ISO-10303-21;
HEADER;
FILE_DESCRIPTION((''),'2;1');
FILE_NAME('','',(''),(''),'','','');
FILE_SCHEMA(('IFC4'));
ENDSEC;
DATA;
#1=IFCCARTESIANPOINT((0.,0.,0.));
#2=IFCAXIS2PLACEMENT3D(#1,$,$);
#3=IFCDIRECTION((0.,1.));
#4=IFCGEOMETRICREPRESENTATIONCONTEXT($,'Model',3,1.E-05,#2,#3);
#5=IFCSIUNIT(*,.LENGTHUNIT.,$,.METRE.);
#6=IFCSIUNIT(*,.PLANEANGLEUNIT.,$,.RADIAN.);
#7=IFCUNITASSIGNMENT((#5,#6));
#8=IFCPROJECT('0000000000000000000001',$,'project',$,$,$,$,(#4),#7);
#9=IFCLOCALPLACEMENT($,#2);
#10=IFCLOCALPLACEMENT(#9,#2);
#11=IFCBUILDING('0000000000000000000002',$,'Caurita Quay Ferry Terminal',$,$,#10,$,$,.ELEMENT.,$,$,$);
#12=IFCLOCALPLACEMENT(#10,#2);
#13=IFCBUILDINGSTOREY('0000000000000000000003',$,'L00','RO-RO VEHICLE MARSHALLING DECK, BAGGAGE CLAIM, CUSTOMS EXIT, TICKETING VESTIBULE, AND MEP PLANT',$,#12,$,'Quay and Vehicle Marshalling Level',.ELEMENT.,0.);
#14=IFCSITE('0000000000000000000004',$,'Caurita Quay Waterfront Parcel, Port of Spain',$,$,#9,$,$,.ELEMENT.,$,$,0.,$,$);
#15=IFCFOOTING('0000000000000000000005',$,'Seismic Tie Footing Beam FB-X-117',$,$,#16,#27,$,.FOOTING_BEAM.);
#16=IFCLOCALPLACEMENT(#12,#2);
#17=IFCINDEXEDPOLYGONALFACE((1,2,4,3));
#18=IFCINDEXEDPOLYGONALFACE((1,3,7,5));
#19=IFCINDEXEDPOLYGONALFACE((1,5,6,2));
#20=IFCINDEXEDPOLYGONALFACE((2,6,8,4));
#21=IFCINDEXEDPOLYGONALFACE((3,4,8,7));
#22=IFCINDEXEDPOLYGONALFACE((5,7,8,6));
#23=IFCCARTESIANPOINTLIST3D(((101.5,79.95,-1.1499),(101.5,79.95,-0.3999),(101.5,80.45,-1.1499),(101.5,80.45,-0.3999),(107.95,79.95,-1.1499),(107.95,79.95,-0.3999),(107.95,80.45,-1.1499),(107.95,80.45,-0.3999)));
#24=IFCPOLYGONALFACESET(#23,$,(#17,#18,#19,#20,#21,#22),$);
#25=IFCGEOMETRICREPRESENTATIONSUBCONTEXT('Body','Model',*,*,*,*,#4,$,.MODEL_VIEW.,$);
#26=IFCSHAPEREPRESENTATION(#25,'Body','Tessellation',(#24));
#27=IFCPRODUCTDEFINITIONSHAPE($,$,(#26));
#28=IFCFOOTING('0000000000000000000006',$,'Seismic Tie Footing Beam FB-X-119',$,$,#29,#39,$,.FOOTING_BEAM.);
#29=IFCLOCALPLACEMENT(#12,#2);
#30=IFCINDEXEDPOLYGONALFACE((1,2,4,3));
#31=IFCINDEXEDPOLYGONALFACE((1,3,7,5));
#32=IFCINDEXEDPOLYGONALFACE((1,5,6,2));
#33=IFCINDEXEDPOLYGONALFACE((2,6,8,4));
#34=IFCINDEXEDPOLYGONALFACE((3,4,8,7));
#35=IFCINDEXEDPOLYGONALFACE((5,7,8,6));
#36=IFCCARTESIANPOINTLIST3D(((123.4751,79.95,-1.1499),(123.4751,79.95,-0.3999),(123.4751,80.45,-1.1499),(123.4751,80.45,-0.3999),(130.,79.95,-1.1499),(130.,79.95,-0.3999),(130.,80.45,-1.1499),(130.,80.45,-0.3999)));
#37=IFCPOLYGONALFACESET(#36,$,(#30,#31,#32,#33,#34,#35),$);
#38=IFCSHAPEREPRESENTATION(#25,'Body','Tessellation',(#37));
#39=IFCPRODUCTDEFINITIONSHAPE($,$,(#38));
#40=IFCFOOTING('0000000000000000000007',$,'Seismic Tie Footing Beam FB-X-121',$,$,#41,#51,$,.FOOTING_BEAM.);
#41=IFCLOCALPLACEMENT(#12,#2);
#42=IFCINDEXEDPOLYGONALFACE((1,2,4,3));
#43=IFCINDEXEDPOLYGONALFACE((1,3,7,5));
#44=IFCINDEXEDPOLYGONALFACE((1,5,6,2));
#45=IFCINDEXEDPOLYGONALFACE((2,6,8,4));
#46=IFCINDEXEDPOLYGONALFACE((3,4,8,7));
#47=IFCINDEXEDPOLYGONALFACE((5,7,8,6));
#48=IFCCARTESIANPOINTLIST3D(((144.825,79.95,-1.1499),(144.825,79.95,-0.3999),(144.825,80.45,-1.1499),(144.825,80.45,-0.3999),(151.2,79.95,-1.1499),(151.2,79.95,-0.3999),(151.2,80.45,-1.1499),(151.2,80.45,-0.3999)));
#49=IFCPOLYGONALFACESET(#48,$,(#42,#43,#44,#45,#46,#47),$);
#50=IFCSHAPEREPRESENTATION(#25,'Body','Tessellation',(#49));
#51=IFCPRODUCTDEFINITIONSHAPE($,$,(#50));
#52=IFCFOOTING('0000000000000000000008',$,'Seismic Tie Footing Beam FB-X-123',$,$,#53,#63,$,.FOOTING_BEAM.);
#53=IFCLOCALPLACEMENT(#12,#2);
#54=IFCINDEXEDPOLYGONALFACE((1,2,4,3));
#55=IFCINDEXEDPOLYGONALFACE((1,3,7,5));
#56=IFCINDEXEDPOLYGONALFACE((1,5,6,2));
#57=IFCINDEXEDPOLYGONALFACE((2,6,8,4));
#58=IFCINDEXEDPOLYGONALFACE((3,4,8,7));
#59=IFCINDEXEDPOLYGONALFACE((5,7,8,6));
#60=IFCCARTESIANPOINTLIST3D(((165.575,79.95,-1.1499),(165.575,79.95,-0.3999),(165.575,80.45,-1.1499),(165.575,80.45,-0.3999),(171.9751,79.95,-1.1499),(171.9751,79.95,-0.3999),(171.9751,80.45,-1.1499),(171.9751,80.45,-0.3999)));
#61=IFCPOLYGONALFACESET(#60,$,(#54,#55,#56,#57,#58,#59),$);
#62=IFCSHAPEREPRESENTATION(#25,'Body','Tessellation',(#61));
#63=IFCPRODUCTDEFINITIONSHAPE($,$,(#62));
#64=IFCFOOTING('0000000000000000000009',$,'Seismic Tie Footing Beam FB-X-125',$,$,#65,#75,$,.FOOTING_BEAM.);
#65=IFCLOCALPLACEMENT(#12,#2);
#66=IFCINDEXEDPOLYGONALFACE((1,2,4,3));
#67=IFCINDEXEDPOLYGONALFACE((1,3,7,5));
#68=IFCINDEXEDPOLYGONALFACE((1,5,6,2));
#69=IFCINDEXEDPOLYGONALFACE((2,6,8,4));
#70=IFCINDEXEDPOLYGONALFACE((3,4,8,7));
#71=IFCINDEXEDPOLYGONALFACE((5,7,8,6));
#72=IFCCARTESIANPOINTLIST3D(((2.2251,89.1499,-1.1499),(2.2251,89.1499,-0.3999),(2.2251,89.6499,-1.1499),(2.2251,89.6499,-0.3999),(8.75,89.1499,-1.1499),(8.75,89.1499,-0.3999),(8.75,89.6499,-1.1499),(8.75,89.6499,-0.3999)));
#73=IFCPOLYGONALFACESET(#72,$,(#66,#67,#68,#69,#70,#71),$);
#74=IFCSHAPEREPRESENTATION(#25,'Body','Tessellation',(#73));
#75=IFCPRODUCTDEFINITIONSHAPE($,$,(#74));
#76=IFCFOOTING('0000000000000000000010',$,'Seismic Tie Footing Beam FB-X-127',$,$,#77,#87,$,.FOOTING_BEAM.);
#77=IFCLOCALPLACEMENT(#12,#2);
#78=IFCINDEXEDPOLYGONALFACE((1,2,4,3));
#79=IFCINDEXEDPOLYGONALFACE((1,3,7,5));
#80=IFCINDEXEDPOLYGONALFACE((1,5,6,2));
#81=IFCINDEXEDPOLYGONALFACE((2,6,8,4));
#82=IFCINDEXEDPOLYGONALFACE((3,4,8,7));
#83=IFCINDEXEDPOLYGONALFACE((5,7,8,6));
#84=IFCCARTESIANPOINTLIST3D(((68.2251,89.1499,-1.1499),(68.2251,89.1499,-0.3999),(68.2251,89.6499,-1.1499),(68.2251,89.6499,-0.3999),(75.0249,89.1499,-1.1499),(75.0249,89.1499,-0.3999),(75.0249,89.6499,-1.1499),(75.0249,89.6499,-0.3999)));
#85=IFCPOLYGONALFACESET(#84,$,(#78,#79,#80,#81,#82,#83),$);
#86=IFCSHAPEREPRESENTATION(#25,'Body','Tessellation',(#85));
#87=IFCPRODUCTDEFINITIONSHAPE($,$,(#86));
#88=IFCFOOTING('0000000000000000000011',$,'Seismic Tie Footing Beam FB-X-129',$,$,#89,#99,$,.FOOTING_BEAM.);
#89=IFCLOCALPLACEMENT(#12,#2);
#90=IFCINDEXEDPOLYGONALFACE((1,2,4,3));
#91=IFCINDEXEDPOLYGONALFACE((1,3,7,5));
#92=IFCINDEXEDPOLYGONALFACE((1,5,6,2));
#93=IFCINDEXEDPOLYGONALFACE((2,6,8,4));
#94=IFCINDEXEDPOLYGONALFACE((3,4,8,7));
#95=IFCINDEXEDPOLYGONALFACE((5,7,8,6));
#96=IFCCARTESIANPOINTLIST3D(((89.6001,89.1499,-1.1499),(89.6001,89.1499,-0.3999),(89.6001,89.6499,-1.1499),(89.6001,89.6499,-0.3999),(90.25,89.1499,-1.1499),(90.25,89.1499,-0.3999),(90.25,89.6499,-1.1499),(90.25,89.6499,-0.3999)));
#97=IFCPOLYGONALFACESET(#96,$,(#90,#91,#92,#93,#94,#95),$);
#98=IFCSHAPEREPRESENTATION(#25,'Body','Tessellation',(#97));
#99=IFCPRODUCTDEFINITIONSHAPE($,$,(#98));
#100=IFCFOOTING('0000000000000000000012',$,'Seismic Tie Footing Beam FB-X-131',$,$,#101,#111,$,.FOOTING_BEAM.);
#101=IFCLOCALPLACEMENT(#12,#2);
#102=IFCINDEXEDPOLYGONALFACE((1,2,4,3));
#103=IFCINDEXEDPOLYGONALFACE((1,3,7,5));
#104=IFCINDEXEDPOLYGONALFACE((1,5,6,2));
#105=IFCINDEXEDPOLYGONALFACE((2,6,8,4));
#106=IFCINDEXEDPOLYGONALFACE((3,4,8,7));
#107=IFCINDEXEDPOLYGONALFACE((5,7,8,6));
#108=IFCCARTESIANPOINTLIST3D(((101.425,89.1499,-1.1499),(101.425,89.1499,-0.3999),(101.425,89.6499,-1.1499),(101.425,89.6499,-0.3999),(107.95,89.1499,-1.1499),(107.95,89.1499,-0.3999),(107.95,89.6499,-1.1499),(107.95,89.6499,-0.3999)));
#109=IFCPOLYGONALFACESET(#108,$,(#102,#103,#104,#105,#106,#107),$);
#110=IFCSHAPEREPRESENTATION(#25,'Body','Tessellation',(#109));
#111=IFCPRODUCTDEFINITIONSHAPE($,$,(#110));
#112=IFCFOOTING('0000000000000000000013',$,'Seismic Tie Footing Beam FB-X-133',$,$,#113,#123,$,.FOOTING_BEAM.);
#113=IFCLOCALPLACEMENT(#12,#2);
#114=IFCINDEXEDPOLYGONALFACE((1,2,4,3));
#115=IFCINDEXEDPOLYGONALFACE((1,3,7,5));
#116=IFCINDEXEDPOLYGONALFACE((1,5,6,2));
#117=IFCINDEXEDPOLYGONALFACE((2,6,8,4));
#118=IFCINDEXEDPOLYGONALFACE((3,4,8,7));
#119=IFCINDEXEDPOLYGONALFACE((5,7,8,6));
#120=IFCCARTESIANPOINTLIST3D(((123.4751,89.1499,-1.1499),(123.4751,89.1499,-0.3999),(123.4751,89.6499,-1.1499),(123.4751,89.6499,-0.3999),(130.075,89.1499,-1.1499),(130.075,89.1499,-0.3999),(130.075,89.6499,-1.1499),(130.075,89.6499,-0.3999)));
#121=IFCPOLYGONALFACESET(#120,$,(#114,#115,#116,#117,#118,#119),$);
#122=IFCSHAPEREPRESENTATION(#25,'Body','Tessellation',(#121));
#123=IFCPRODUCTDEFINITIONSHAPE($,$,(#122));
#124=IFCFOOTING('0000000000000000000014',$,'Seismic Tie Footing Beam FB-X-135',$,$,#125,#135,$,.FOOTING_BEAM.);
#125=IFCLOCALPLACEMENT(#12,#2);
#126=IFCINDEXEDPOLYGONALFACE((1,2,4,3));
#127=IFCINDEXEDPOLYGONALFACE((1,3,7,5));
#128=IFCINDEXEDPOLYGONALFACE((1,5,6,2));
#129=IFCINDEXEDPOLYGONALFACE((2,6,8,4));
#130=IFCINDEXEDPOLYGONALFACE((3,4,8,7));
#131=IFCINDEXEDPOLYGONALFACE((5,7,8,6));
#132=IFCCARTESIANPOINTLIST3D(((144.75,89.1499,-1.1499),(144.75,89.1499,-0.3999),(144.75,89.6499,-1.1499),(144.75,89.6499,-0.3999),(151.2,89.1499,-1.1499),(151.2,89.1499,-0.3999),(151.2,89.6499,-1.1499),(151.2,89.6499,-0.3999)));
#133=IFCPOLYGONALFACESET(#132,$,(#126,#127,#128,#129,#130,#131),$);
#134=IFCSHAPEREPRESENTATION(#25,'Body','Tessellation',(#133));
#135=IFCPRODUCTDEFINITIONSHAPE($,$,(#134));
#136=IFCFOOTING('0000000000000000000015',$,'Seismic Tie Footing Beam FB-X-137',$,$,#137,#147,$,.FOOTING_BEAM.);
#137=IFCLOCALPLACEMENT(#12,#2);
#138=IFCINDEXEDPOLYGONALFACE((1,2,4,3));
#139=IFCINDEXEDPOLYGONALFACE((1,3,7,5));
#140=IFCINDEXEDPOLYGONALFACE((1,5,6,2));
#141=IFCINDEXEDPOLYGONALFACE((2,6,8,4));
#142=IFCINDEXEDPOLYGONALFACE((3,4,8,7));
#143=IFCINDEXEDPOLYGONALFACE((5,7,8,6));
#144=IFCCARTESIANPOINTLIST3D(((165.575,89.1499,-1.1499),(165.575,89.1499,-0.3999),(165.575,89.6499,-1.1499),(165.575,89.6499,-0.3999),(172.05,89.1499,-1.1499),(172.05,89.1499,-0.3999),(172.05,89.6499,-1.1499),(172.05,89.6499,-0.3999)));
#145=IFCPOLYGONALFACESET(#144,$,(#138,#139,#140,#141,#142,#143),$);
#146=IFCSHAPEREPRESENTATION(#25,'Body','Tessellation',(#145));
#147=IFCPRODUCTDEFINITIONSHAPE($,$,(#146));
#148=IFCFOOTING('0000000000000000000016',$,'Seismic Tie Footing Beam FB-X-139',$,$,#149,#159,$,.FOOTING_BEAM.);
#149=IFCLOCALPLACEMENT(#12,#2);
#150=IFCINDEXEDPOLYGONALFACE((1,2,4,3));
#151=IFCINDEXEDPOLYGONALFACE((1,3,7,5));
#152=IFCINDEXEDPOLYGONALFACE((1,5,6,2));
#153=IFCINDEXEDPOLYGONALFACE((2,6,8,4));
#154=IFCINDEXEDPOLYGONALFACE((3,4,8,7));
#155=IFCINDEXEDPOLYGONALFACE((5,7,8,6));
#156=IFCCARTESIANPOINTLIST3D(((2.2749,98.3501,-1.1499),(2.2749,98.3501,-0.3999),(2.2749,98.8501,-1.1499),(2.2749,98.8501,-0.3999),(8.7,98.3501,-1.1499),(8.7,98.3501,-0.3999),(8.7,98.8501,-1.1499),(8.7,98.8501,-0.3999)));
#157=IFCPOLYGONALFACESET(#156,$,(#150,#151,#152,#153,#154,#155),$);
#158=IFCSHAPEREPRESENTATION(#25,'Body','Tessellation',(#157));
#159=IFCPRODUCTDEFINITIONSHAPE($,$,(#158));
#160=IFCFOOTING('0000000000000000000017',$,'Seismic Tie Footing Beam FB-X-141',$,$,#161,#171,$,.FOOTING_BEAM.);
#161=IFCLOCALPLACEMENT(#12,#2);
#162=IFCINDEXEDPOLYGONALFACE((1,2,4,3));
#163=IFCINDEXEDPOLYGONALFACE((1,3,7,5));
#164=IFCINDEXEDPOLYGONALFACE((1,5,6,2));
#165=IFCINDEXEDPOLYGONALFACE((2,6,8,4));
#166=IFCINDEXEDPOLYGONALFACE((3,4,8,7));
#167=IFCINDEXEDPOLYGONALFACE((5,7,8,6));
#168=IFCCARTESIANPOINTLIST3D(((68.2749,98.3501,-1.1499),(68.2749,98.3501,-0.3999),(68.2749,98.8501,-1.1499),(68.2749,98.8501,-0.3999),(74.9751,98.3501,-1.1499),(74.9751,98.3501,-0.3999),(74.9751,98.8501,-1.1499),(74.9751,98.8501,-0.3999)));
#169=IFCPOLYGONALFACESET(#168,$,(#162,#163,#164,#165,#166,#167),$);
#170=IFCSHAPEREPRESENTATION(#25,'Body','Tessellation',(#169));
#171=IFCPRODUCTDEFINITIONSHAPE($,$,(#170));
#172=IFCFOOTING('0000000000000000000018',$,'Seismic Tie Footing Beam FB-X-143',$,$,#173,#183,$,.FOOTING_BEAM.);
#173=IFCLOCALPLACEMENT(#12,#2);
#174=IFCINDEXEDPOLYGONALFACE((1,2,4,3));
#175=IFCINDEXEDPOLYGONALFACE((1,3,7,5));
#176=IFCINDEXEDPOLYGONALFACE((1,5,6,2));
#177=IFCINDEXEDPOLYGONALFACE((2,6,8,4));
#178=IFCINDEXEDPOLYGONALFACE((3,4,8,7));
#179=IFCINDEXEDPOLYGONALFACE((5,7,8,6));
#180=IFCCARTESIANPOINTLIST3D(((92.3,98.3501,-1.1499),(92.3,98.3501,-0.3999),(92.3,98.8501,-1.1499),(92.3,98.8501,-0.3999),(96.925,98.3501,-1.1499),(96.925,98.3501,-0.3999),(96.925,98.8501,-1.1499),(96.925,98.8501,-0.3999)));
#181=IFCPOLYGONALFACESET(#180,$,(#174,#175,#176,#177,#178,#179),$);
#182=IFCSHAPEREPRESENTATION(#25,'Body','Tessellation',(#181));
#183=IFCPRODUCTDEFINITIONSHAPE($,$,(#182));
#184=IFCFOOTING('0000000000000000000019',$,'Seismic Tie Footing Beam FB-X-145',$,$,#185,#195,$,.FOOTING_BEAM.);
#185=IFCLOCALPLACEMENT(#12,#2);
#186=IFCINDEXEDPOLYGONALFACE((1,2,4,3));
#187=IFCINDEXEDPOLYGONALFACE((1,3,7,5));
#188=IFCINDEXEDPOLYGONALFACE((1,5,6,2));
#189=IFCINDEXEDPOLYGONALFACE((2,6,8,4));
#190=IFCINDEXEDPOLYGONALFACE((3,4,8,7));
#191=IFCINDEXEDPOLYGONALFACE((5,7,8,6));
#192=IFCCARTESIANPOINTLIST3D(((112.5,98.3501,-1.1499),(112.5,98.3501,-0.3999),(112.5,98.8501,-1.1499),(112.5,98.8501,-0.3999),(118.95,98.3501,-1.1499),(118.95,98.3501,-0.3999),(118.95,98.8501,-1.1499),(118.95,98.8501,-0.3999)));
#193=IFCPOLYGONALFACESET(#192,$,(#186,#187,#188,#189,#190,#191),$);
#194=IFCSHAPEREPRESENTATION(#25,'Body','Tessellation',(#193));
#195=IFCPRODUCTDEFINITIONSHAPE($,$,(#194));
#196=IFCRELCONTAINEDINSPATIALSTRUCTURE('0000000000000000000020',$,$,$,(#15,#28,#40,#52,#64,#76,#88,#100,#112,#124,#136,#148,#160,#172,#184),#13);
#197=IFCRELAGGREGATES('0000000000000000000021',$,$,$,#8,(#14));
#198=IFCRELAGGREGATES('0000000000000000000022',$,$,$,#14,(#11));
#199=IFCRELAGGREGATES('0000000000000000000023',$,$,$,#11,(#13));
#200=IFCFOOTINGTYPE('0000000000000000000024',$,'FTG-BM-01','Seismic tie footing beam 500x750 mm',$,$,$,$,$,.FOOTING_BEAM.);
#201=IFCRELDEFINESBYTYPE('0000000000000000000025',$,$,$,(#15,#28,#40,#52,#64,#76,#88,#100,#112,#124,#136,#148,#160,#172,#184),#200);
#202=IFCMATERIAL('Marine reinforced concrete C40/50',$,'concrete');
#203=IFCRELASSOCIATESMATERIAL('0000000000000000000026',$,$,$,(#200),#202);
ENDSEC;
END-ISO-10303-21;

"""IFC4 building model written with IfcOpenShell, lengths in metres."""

from ifc_helpers import new_model, si_unit, direction, frame, origin, place, context, subcontext, project, spatial, polyline, outline, extrude, material, type_object, element, save


model = new_model("IFC4")

# Units and contexts
model_context = context("Model", 3, precision=1e-05, world=origin(), true_north=direction((0.0, 1.0)))
body_context = subcontext(model_context, "Body", "Model", "MODEL_VIEW")
ifc_project = project(units=[si_unit("LENGTHUNIT", "METRE"), si_unit("PLANEANGLEUNIT", "RADIAN")], contexts=[model_context])

# Site, building, storey
site_placement = place(None, origin())
site = spatial("IfcSite", under=ifc_project, at=site_placement, Name="Caurita Quay Waterfront Parcel, Port of Spain", CompositionType="ELEMENT", RefElevation=0.0)
building_placement = place(site_placement, origin())
building = spatial("IfcBuilding", under=site, at=building_placement, Name="Caurita Quay Ferry Terminal", CompositionType="ELEMENT")
storey_placement = place(building_placement, origin())
storey = spatial("IfcBuildingStorey", under=building, at=storey_placement, Name="L00", Description="RO-RO VEHICLE MARSHALLING DECK, BAGGAGE CLAIM, CUSTOMS EXIT, TICKETING VESTIBULE, AND MEP PLANT", LongName="Quay and Vehicle Marshalling Level", CompositionType="ELEMENT", Elevation=0.0)

# Footings
ifc_material = material(Name="Marine reinforced concrete C40/50", Category="concrete")
footing_type = type_object("IfcFootingType", Name="FTG-BM-01", Description="Seismic tie footing beam 500x750 mm", PredefinedType="FOOTING_BEAM", material=ifc_material)
footing_1_placement = place(storey_placement, frame((0.0, 0.0, -1.1499)))
element("IfcFooting", 1, at=footing_1_placement, inside=storey, type_object=footing_type, Name="Seismic Tie Footing Beam FB-X-117", PredefinedType="FOOTING_BEAM", context=body_context, shape_type="SweptSolid", body=[
    extrude(outline(polyline([(101.5, 79.95), (107.95, 79.95), (107.95, 80.45), (101.5, 80.45), (101.5, 79.95)])), origin(), (0.0, 0.0, 1.0), 0.75),
])
footing_2_placement = place(storey_placement, frame((0.0, 0.0, -1.1499)))
element("IfcFooting", 2, at=footing_2_placement, inside=storey, type_object=footing_type, Name="Seismic Tie Footing Beam FB-X-119", PredefinedType="FOOTING_BEAM", context=body_context, shape_type="SweptSolid", body=[
    extrude(outline(polyline([(123.4751, 79.95), (130.0, 79.95), (130.0, 80.45), (123.4751, 80.45), (123.4751, 79.95)])), origin(), (0.0, 0.0, 1.0), 0.75),
])
footing_3_placement = place(storey_placement, frame((0.0, 0.0, -1.1499)))
element("IfcFooting", 3, at=footing_3_placement, inside=storey, type_object=footing_type, Name="Seismic Tie Footing Beam FB-X-121", PredefinedType="FOOTING_BEAM", context=body_context, shape_type="SweptSolid", body=[
    extrude(outline(polyline([(144.825, 79.95), (151.2, 79.95), (151.2, 80.45), (144.825, 80.45), (144.825, 79.95)])), origin(), (0.0, 0.0, 1.0), 0.75),
])
footing_4_placement = place(storey_placement, frame((0.0, 0.0, -1.1499)))
element("IfcFooting", 4, at=footing_4_placement, inside=storey, type_object=footing_type, Name="Seismic Tie Footing Beam FB-X-123", PredefinedType="FOOTING_BEAM", context=body_context, shape_type="SweptSolid", body=[
    extrude(outline(polyline([(165.575, 79.95), (171.9751, 79.95), (171.9751, 80.45), (165.575, 80.45), (165.575, 79.95)])), origin(), (0.0, 0.0, 1.0), 0.75),
])
footing_5_placement = place(storey_placement, frame((0.0, 0.0, -1.1499)))
element("IfcFooting", 5, at=footing_5_placement, inside=storey, type_object=footing_type, Name="Seismic Tie Footing Beam FB-X-125", PredefinedType="FOOTING_BEAM", context=body_context, shape_type="SweptSolid", body=[
    extrude(outline(polyline([(2.2251, 89.1499), (8.75, 89.1499), (8.75, 89.6499), (2.2251, 89.6499), (2.2251, 89.1499)])), origin(), (0.0, 0.0, 1.0), 0.75),
])
footing_6_placement = place(storey_placement, frame((0.0, 0.0, -1.1499)))
element("IfcFooting", 6, at=footing_6_placement, inside=storey, type_object=footing_type, Name="Seismic Tie Footing Beam FB-X-127", PredefinedType="FOOTING_BEAM", context=body_context, shape_type="SweptSolid", body=[
    extrude(outline(polyline([(68.2251, 89.1499), (75.0249, 89.1499), (75.0249, 89.6499), (68.2251, 89.6499), (68.2251, 89.1499)])), origin(), (0.0, 0.0, 1.0), 0.75),
])
footing_7_placement = place(storey_placement, frame((0.0, 0.0, -1.1499)))
element("IfcFooting", 7, at=footing_7_placement, inside=storey, type_object=footing_type, Name="Seismic Tie Footing Beam FB-X-129", PredefinedType="FOOTING_BEAM", context=body_context, shape_type="SweptSolid", body=[
    extrude(outline(polyline([(89.6001, 89.1499), (90.25, 89.1499), (90.25, 89.6499), (89.6001, 89.6499), (89.6001, 89.1499)])), origin(), (0.0, 0.0, 1.0), 0.75),
])
footing_8_placement = place(storey_placement, frame((0.0, 0.0, -1.1499)))
element("IfcFooting", 8, at=footing_8_placement, inside=storey, type_object=footing_type, Name="Seismic Tie Footing Beam FB-X-131", PredefinedType="FOOTING_BEAM", context=body_context, shape_type="SweptSolid", body=[
    extrude(outline(polyline([(101.425, 89.1499), (107.95, 89.1499), (107.95, 89.6499), (101.425, 89.6499), (101.425, 89.1499)])), origin(), (0.0, 0.0, 1.0), 0.75),
])
footing_9_placement = place(storey_placement, frame((0.0, 0.0, -1.1499)))
element("IfcFooting", 9, at=footing_9_placement, inside=storey, type_object=footing_type, Name="Seismic Tie Footing Beam FB-X-133", PredefinedType="FOOTING_BEAM", context=body_context, shape_type="SweptSolid", body=[
    extrude(outline(polyline([(123.4751, 89.1499), (130.075, 89.1499), (130.075, 89.6499), (123.4751, 89.6499), (123.4751, 89.1499)])), origin(), (0.0, 0.0, 1.0), 0.75),
])
footing_10_placement = place(storey_placement, frame((0.0, 0.0, -1.1499)))
element("IfcFooting", 10, at=footing_10_placement, inside=storey, type_object=footing_type, Name="Seismic Tie Footing Beam FB-X-135", PredefinedType="FOOTING_BEAM", context=body_context, shape_type="SweptSolid", body=[
    extrude(outline(polyline([(144.75, 89.1499), (151.2, 89.1499), (151.2, 89.6499), (144.75, 89.6499), (144.75, 89.1499)])), origin(), (0.0, 0.0, 1.0), 0.75),
])
footing_11_placement = place(storey_placement, frame((0.0, 0.0, -1.1499)))
element("IfcFooting", 11, at=footing_11_placement, inside=storey, type_object=footing_type, Name="Seismic Tie Footing Beam FB-X-137", PredefinedType="FOOTING_BEAM", context=body_context, shape_type="SweptSolid", body=[
    extrude(outline(polyline([(165.575, 89.1499), (172.05, 89.1499), (172.05, 89.6499), (165.575, 89.6499), (165.575, 89.1499)])), origin(), (0.0, 0.0, 1.0), 0.75),
])
footing_12_placement = place(storey_placement, frame((0.0, 0.0, -1.1499)))
element("IfcFooting", 12, at=footing_12_placement, inside=storey, type_object=footing_type, Name="Seismic Tie Footing Beam FB-X-139", PredefinedType="FOOTING_BEAM", context=body_context, shape_type="SweptSolid", body=[
    extrude(outline(polyline([(2.2749, 98.3501), (8.7, 98.3501), (8.7, 98.8501), (2.2749, 98.8501), (2.2749, 98.3501)])), origin(), (0.0, 0.0, 1.0), 0.75),
])
footing_13_placement = place(storey_placement, frame((0.0, 0.0, -1.1499)))
element("IfcFooting", 13, at=footing_13_placement, inside=storey, type_object=footing_type, Name="Seismic Tie Footing Beam FB-X-141", PredefinedType="FOOTING_BEAM", context=body_context, shape_type="SweptSolid", body=[
    extrude(outline(polyline([(68.2749, 98.3501), (74.9751, 98.3501), (74.9751, 98.8501), (68.2749, 98.8501), (68.2749, 98.3501)])), origin(), (0.0, 0.0, 1.0), 0.75),
])
footing_14_placement = place(storey_placement, frame((0.0, 0.0, -1.1499)))
element("IfcFooting", 14, at=footing_14_placement, inside=storey, type_object=footing_type, Name="Seismic Tie Footing Beam FB-X-143", PredefinedType="FOOTING_BEAM", context=body_context, shape_type="SweptSolid", body=[
    extrude(outline(polyline([(92.3, 98.3501), (96.925, 98.3501), (96.925, 98.8501), (92.3, 98.8501), (92.3, 98.3501)])), origin(), (0.0, 0.0, 1.0), 0.75),
])
footing_15_placement = place(storey_placement, frame((0.0, 0.0, -1.1499)))
element("IfcFooting", 15, at=footing_15_placement, inside=storey, type_object=footing_type, Name="Seismic Tie Footing Beam FB-X-145", PredefinedType="FOOTING_BEAM", context=body_context, shape_type="SweptSolid", body=[
    extrude(outline(polyline([(112.5, 98.3501), (118.95, 98.3501), (118.95, 98.8501), (112.5, 98.8501), (112.5, 98.3501)])), origin(), (0.0, 0.0, 1.0), 0.75),
])

save(model, "model.ifc")
